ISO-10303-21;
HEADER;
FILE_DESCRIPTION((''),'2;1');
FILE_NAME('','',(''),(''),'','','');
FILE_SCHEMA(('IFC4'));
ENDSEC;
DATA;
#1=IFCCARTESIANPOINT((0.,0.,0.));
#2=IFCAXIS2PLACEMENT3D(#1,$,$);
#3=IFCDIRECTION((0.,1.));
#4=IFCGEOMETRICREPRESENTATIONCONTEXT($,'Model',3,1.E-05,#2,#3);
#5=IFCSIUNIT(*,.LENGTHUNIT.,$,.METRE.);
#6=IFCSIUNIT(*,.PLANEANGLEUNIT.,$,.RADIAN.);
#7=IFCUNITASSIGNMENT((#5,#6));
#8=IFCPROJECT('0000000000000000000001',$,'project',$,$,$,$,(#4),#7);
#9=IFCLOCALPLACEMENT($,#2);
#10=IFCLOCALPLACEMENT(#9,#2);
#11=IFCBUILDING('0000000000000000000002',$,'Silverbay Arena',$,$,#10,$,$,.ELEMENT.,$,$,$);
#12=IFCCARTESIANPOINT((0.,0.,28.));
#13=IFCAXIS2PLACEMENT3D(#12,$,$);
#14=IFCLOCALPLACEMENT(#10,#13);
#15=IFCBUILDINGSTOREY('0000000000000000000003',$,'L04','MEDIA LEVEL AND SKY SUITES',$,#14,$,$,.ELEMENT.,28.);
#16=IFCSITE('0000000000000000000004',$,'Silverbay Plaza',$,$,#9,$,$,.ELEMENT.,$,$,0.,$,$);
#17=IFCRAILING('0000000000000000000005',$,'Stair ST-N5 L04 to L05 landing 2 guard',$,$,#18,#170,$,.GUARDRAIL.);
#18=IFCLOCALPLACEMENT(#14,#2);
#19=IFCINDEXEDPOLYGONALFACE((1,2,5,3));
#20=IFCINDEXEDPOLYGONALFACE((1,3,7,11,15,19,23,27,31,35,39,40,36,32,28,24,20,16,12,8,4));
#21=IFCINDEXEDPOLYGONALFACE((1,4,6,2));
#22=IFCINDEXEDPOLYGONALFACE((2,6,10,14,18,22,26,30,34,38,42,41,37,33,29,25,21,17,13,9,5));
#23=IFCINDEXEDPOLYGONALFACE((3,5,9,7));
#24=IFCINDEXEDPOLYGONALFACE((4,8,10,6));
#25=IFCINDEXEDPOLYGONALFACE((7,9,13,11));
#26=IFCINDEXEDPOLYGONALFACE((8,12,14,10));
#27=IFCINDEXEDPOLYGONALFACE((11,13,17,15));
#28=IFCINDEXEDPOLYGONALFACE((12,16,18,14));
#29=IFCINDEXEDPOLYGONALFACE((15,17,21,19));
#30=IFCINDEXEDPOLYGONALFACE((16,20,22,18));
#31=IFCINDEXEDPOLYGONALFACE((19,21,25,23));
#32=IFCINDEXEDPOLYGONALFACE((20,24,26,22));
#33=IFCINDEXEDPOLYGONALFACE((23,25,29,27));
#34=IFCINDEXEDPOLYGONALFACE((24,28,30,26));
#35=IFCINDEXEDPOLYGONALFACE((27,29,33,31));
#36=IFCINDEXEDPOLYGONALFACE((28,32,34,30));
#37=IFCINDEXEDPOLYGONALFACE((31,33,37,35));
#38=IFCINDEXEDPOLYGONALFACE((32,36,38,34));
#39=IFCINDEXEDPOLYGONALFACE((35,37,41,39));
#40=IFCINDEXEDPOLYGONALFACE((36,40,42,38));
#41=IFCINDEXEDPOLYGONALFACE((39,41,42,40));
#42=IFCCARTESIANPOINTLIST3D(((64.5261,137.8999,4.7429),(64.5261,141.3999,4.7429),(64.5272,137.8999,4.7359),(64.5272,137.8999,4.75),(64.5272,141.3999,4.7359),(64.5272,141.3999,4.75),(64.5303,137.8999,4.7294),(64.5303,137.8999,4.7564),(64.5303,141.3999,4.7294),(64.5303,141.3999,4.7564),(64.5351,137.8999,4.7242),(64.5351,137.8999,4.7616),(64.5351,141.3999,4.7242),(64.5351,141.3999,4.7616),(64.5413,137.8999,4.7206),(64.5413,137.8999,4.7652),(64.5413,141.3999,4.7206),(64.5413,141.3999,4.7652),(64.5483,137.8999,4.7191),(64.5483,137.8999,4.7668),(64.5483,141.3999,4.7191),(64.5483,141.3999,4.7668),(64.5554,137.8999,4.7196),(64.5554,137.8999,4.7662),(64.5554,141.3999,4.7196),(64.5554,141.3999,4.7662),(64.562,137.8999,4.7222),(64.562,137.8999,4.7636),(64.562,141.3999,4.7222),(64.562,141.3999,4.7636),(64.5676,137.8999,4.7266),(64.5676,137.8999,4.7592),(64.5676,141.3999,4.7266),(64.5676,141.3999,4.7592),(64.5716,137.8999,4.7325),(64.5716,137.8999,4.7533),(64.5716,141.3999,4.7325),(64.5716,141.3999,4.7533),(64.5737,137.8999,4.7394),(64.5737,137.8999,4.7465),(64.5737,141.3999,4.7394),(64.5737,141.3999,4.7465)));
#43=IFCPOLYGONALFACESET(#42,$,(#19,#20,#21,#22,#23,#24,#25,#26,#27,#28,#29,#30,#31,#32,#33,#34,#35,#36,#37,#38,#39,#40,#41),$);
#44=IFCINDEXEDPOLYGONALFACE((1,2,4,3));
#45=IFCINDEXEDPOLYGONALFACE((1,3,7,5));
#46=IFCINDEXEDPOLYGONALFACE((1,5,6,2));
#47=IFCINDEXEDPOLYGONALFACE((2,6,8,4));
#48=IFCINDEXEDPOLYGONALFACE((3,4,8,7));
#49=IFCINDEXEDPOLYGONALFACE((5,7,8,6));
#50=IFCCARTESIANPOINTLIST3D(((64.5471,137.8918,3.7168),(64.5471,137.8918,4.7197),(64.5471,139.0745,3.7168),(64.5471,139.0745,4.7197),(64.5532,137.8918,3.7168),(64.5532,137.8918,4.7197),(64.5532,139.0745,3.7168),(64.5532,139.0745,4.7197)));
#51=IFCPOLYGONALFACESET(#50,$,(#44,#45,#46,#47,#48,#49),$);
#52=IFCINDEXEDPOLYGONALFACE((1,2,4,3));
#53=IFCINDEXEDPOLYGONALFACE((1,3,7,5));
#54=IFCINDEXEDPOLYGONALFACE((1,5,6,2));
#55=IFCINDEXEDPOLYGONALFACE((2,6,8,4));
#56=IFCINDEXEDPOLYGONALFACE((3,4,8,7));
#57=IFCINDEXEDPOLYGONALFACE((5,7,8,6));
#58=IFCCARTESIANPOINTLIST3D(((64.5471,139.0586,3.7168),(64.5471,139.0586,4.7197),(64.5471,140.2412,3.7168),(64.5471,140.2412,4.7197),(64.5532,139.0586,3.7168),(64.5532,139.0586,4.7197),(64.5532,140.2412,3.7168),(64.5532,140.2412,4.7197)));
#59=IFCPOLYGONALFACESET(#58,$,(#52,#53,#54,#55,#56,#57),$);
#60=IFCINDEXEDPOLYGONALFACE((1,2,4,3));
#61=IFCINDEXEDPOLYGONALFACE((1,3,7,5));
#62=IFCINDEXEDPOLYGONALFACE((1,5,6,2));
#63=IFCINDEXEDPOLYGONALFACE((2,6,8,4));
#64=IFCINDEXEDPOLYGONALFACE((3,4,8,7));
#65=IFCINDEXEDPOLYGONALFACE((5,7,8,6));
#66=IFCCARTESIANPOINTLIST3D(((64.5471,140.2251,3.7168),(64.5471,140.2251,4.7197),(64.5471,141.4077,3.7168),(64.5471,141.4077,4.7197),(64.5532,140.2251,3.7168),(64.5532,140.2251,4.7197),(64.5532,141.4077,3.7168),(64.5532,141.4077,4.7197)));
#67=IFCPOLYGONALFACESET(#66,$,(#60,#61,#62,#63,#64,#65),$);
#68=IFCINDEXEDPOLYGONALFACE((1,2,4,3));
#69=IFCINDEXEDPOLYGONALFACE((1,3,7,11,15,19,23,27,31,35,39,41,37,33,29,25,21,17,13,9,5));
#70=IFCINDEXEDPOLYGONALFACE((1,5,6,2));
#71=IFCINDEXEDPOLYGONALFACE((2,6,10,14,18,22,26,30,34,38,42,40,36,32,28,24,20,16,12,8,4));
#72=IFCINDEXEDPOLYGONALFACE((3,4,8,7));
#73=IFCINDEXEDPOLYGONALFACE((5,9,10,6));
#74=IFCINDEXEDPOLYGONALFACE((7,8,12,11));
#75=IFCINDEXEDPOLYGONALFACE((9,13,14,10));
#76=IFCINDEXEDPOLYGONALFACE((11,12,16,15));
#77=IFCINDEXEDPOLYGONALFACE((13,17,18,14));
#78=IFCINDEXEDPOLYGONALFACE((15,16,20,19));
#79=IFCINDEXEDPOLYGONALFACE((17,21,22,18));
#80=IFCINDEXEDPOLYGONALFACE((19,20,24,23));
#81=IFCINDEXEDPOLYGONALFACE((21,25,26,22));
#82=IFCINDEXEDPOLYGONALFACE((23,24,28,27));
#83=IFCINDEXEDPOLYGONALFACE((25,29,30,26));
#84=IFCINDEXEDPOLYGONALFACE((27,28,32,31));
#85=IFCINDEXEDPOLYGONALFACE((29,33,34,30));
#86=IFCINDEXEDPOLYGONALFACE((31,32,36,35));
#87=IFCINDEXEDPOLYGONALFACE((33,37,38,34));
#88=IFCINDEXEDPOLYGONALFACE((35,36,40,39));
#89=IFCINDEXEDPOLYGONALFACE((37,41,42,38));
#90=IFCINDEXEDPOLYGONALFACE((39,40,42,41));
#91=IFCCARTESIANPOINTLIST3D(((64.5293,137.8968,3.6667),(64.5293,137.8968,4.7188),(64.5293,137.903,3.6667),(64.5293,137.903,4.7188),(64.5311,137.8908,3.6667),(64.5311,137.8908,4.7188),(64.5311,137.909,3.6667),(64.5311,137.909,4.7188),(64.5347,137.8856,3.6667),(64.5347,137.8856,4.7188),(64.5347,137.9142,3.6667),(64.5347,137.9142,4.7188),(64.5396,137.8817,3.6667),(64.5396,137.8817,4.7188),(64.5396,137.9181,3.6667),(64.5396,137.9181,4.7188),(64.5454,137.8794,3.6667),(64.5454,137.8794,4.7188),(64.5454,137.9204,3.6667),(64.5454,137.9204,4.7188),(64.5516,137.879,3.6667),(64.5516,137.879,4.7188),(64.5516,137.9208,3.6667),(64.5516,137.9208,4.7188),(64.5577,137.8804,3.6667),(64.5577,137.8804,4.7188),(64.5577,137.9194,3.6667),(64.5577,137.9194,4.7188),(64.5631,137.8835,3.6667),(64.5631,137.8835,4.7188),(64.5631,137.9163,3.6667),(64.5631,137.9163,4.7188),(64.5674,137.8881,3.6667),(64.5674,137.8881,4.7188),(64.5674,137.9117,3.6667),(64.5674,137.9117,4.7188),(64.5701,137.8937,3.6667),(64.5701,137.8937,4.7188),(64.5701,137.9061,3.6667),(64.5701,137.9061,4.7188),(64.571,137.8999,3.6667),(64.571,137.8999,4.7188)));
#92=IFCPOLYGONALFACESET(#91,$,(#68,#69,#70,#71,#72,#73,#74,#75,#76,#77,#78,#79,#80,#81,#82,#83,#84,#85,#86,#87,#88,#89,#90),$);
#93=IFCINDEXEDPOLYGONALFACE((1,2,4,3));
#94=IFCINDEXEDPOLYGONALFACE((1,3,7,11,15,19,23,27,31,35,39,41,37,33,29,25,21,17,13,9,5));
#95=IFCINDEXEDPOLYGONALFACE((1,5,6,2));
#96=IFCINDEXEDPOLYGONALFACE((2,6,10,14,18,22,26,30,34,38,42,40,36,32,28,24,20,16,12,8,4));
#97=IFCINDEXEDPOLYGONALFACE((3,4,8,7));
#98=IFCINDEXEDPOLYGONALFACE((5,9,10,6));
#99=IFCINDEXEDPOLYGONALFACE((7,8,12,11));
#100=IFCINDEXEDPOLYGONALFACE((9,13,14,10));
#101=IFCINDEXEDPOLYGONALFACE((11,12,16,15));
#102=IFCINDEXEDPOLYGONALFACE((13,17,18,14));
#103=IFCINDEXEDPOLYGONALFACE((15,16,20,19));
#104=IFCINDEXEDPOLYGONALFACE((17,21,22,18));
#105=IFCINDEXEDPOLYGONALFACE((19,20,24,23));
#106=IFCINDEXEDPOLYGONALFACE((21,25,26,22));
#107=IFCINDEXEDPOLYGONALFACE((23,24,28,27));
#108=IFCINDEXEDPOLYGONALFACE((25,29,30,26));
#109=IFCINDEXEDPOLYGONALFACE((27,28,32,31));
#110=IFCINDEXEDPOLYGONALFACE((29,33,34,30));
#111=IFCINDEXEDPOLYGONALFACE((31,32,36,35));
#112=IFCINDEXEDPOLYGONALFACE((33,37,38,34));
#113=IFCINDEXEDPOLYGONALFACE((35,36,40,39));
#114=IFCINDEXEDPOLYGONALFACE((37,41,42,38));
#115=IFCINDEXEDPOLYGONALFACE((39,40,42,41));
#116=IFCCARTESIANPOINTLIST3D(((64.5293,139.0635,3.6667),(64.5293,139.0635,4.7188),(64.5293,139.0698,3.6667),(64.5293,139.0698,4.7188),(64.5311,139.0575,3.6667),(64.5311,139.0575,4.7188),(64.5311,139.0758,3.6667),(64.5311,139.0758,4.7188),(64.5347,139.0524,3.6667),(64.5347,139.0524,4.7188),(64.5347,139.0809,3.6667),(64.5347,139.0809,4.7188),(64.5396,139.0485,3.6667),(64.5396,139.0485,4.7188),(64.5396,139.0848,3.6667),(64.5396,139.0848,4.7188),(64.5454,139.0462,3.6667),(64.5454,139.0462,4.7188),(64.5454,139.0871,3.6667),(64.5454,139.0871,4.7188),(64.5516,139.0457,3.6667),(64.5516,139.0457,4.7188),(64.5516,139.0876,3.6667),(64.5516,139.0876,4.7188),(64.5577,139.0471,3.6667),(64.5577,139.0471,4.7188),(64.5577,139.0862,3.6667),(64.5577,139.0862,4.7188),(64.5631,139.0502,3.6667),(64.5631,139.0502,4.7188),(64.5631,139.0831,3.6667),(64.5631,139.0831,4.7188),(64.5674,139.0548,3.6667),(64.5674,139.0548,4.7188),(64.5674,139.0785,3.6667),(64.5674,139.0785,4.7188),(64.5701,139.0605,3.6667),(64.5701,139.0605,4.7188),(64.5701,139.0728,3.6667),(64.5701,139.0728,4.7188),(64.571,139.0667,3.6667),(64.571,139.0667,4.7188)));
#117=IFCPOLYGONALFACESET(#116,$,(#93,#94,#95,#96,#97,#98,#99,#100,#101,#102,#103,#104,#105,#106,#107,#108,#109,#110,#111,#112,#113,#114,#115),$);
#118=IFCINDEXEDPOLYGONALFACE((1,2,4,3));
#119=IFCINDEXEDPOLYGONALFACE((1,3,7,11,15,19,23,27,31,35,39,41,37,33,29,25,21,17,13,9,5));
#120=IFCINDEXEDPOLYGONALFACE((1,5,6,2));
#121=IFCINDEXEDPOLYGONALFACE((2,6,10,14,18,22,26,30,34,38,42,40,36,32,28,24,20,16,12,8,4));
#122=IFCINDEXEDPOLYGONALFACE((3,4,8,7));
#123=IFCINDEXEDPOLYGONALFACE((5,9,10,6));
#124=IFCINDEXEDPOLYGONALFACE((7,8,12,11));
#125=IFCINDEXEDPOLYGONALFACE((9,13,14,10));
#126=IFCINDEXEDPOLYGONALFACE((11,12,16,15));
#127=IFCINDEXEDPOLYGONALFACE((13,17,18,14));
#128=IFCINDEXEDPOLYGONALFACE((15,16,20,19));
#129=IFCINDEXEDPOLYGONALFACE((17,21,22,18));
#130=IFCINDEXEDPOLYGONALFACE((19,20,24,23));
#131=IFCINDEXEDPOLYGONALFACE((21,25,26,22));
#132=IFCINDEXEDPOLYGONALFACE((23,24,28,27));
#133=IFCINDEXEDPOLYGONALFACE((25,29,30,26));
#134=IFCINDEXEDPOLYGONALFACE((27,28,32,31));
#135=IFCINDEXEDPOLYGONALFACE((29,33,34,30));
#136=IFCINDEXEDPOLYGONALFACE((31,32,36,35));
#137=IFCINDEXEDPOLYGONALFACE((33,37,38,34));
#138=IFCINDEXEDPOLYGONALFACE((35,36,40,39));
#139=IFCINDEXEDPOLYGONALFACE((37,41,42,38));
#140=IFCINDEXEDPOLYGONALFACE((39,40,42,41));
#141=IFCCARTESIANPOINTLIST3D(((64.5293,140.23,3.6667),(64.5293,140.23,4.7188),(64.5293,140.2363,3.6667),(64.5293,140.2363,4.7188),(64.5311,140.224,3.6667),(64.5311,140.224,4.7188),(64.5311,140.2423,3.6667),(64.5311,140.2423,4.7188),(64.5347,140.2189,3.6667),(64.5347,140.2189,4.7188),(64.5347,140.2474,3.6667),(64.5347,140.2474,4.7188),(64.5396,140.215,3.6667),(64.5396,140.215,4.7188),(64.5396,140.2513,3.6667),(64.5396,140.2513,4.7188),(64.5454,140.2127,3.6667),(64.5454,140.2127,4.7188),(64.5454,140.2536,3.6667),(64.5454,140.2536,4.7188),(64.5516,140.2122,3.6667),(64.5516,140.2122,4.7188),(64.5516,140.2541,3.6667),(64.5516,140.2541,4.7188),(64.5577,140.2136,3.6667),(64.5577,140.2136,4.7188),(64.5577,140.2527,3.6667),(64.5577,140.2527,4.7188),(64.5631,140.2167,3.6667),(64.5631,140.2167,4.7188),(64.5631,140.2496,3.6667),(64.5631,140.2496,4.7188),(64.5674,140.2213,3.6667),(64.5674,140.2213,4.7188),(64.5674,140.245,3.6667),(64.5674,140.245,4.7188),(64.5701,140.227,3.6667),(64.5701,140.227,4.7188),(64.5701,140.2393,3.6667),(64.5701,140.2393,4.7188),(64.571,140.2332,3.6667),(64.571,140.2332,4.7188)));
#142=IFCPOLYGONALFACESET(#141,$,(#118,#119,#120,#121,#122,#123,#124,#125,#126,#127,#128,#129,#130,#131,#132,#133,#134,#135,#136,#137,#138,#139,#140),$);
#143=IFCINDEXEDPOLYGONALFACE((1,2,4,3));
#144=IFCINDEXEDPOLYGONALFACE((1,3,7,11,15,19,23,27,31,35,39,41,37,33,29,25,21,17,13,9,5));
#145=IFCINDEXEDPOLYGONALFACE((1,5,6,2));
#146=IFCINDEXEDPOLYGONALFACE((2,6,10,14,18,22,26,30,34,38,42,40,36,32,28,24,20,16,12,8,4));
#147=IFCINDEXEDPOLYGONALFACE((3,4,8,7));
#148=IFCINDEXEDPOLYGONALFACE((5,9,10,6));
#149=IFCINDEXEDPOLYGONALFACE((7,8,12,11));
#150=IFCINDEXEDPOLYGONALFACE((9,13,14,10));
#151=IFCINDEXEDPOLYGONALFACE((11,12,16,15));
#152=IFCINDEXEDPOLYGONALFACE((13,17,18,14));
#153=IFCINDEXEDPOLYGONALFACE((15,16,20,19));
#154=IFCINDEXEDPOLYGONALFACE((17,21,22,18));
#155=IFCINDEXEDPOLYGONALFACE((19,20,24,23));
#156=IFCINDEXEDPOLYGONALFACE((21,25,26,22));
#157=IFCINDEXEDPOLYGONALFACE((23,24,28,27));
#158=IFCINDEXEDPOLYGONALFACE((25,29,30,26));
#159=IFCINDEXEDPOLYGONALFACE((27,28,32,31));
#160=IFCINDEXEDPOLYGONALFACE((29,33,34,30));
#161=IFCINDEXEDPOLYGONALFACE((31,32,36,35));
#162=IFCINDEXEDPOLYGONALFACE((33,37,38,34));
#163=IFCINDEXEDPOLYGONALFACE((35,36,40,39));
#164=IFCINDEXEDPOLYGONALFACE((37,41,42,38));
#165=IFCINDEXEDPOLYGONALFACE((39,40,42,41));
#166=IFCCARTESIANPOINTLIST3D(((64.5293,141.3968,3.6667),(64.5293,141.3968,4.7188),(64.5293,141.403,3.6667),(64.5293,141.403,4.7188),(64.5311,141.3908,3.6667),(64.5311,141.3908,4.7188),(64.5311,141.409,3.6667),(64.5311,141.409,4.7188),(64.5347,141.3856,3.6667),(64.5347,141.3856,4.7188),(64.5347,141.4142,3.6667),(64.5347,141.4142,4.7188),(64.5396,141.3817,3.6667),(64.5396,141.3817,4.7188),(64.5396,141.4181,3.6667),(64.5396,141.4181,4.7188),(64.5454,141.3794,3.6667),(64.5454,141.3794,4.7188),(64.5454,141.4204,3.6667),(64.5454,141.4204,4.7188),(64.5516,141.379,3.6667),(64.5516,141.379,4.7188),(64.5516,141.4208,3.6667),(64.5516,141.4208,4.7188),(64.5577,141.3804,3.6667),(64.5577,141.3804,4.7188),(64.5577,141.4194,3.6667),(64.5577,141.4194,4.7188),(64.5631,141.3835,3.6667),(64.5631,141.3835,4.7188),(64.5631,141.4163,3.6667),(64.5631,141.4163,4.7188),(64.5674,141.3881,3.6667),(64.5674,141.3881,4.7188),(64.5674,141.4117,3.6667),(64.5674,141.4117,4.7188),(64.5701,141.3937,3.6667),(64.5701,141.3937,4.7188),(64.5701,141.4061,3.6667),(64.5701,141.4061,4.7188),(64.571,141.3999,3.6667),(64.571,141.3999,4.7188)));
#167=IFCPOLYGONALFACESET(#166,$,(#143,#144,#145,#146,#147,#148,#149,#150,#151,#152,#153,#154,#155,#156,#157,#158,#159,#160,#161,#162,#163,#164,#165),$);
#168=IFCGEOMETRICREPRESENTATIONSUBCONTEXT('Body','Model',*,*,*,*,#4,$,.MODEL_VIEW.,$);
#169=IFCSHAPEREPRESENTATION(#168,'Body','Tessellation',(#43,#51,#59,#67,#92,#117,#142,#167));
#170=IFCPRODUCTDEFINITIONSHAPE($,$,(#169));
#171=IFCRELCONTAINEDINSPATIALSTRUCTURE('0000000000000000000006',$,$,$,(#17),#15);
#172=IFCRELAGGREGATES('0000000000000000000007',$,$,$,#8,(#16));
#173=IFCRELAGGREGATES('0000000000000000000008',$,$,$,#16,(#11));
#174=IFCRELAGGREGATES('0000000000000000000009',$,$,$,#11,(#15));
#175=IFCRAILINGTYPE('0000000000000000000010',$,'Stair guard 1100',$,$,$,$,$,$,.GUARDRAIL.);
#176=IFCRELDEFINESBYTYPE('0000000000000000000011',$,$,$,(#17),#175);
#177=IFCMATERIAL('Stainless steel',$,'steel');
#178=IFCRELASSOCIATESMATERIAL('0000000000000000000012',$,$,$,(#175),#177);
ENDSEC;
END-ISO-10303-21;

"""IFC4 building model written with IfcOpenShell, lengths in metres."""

from ifc_helpers import new_model, si_unit, direction, frame, origin, origin_2d, place, context, subcontext, project, spatial, polyline, circle, outline, extrude, material, type_object, element, save


model = new_model("IFC4")

# Units and contexts
model_context = context("Model", 3, precision=1e-05, world=origin(), true_north=direction((0.0, 1.0)))
body_context = subcontext(model_context, "Body", "Model", "MODEL_VIEW")
ifc_project = project(units=[si_unit("LENGTHUNIT", "METRE"), si_unit("PLANEANGLEUNIT", "RADIAN")], contexts=[model_context])

# Site, building, storey
site_placement = place(None, origin())
site = spatial("IfcSite", under=ifc_project, at=site_placement, Name="Silverbay Plaza", CompositionType="ELEMENT", RefElevation=0.0)
building_placement = place(site_placement, origin())
building = spatial("IfcBuilding", under=site, at=building_placement, Name="Silverbay Arena", CompositionType="ELEMENT")
storey_placement = place(building_placement, frame((0.0, 0.0, 28.0)))
storey = spatial("IfcBuildingStorey", under=building, at=storey_placement, Name="L04", Description="MEDIA LEVEL AND SKY SUITES", CompositionType="ELEMENT", Elevation=28.0)

# Railing
ifc_material_1 = material(Name="Stainless steel", Category="steel")
railing_type_1 = type_object("IfcRailingType", Name="Stair guard 1100", PredefinedType="GUARDRAIL", material=ifc_material_1)
for number, where, name in (
    (1, (64.55, 137.8999, 3.6667), "Stair ST-N5 L04 to L05 landing 2 guard"),
):
    element("IfcRailing", number, at=place(storey_placement, frame(where)), inside=storey, type_object=railing_type_1, Name=name, PredefinedType="GUARDRAIL", context=body_context, shape_type="SweptSolid", body=[
        extrude(circle(Radius=0.0239, at=origin_2d()), frame((0.0, 0.0, 1.0762), z_axis=(0.0, 1.0, 0.0), x_axis=(-1.0, 0.0, 0.0)), (0.0, 0.0, 1.0), 3.5),
        extrude(outline(polyline([(-0.0081, 0.05), (1.1746, 0.05), (1.1746, 1.053), (-0.0081, 1.053), (-0.0081, 0.05)])), frame((-0.0029, 0.0, 0.0), z_axis=(1.0, 0.0, 0.0), x_axis=(0.0, 1.0, 0.0)), (0.0, 0.0, 1.0), 0.0061),
        extrude(outline(polyline([(-0.0081, 0.05), (1.1746, 0.05), (1.1746, 1.053), (-0.0081, 1.053), (-0.0081, 0.05)])), frame((-0.0029, 1.1667, 0.0), z_axis=(1.0, 0.0, 0.0), x_axis=(0.0, 1.0, 0.0)), (0.0, 0.0, 1.0), 0.0061),
        extrude(outline(polyline([(-0.0081, 0.05), (1.1746, 0.05), (1.1746, 1.053), (-0.0081, 1.053), (-0.0081, 0.05)])), frame((-0.0029, 2.3333, 0.0), z_axis=(1.0, 0.0, 0.0), x_axis=(0.0, 1.0, 0.0)), (0.0, 0.0, 1.0), 0.0061),
        extrude(circle(Radius=0.021, at=origin_2d()), origin(), (0.0, 0.0, 1.0), 1.052),
        extrude(circle(Radius=0.021, at=origin_2d()), frame((0.0, 1.1667, 0.0)), (0.0, 0.0, 1.0), 1.052),
        extrude(circle(Radius=0.021, at=origin_2d()), frame((0.0, 2.3333, 0.0)), (0.0, 0.0, 1.0), 1.052),
        extrude(circle(Radius=0.021, at=origin_2d()), frame((0.0, 3.5, 0.0)), (0.0, 0.0, 1.0), 1.052),
    ])

save(model, "model.ifc")
